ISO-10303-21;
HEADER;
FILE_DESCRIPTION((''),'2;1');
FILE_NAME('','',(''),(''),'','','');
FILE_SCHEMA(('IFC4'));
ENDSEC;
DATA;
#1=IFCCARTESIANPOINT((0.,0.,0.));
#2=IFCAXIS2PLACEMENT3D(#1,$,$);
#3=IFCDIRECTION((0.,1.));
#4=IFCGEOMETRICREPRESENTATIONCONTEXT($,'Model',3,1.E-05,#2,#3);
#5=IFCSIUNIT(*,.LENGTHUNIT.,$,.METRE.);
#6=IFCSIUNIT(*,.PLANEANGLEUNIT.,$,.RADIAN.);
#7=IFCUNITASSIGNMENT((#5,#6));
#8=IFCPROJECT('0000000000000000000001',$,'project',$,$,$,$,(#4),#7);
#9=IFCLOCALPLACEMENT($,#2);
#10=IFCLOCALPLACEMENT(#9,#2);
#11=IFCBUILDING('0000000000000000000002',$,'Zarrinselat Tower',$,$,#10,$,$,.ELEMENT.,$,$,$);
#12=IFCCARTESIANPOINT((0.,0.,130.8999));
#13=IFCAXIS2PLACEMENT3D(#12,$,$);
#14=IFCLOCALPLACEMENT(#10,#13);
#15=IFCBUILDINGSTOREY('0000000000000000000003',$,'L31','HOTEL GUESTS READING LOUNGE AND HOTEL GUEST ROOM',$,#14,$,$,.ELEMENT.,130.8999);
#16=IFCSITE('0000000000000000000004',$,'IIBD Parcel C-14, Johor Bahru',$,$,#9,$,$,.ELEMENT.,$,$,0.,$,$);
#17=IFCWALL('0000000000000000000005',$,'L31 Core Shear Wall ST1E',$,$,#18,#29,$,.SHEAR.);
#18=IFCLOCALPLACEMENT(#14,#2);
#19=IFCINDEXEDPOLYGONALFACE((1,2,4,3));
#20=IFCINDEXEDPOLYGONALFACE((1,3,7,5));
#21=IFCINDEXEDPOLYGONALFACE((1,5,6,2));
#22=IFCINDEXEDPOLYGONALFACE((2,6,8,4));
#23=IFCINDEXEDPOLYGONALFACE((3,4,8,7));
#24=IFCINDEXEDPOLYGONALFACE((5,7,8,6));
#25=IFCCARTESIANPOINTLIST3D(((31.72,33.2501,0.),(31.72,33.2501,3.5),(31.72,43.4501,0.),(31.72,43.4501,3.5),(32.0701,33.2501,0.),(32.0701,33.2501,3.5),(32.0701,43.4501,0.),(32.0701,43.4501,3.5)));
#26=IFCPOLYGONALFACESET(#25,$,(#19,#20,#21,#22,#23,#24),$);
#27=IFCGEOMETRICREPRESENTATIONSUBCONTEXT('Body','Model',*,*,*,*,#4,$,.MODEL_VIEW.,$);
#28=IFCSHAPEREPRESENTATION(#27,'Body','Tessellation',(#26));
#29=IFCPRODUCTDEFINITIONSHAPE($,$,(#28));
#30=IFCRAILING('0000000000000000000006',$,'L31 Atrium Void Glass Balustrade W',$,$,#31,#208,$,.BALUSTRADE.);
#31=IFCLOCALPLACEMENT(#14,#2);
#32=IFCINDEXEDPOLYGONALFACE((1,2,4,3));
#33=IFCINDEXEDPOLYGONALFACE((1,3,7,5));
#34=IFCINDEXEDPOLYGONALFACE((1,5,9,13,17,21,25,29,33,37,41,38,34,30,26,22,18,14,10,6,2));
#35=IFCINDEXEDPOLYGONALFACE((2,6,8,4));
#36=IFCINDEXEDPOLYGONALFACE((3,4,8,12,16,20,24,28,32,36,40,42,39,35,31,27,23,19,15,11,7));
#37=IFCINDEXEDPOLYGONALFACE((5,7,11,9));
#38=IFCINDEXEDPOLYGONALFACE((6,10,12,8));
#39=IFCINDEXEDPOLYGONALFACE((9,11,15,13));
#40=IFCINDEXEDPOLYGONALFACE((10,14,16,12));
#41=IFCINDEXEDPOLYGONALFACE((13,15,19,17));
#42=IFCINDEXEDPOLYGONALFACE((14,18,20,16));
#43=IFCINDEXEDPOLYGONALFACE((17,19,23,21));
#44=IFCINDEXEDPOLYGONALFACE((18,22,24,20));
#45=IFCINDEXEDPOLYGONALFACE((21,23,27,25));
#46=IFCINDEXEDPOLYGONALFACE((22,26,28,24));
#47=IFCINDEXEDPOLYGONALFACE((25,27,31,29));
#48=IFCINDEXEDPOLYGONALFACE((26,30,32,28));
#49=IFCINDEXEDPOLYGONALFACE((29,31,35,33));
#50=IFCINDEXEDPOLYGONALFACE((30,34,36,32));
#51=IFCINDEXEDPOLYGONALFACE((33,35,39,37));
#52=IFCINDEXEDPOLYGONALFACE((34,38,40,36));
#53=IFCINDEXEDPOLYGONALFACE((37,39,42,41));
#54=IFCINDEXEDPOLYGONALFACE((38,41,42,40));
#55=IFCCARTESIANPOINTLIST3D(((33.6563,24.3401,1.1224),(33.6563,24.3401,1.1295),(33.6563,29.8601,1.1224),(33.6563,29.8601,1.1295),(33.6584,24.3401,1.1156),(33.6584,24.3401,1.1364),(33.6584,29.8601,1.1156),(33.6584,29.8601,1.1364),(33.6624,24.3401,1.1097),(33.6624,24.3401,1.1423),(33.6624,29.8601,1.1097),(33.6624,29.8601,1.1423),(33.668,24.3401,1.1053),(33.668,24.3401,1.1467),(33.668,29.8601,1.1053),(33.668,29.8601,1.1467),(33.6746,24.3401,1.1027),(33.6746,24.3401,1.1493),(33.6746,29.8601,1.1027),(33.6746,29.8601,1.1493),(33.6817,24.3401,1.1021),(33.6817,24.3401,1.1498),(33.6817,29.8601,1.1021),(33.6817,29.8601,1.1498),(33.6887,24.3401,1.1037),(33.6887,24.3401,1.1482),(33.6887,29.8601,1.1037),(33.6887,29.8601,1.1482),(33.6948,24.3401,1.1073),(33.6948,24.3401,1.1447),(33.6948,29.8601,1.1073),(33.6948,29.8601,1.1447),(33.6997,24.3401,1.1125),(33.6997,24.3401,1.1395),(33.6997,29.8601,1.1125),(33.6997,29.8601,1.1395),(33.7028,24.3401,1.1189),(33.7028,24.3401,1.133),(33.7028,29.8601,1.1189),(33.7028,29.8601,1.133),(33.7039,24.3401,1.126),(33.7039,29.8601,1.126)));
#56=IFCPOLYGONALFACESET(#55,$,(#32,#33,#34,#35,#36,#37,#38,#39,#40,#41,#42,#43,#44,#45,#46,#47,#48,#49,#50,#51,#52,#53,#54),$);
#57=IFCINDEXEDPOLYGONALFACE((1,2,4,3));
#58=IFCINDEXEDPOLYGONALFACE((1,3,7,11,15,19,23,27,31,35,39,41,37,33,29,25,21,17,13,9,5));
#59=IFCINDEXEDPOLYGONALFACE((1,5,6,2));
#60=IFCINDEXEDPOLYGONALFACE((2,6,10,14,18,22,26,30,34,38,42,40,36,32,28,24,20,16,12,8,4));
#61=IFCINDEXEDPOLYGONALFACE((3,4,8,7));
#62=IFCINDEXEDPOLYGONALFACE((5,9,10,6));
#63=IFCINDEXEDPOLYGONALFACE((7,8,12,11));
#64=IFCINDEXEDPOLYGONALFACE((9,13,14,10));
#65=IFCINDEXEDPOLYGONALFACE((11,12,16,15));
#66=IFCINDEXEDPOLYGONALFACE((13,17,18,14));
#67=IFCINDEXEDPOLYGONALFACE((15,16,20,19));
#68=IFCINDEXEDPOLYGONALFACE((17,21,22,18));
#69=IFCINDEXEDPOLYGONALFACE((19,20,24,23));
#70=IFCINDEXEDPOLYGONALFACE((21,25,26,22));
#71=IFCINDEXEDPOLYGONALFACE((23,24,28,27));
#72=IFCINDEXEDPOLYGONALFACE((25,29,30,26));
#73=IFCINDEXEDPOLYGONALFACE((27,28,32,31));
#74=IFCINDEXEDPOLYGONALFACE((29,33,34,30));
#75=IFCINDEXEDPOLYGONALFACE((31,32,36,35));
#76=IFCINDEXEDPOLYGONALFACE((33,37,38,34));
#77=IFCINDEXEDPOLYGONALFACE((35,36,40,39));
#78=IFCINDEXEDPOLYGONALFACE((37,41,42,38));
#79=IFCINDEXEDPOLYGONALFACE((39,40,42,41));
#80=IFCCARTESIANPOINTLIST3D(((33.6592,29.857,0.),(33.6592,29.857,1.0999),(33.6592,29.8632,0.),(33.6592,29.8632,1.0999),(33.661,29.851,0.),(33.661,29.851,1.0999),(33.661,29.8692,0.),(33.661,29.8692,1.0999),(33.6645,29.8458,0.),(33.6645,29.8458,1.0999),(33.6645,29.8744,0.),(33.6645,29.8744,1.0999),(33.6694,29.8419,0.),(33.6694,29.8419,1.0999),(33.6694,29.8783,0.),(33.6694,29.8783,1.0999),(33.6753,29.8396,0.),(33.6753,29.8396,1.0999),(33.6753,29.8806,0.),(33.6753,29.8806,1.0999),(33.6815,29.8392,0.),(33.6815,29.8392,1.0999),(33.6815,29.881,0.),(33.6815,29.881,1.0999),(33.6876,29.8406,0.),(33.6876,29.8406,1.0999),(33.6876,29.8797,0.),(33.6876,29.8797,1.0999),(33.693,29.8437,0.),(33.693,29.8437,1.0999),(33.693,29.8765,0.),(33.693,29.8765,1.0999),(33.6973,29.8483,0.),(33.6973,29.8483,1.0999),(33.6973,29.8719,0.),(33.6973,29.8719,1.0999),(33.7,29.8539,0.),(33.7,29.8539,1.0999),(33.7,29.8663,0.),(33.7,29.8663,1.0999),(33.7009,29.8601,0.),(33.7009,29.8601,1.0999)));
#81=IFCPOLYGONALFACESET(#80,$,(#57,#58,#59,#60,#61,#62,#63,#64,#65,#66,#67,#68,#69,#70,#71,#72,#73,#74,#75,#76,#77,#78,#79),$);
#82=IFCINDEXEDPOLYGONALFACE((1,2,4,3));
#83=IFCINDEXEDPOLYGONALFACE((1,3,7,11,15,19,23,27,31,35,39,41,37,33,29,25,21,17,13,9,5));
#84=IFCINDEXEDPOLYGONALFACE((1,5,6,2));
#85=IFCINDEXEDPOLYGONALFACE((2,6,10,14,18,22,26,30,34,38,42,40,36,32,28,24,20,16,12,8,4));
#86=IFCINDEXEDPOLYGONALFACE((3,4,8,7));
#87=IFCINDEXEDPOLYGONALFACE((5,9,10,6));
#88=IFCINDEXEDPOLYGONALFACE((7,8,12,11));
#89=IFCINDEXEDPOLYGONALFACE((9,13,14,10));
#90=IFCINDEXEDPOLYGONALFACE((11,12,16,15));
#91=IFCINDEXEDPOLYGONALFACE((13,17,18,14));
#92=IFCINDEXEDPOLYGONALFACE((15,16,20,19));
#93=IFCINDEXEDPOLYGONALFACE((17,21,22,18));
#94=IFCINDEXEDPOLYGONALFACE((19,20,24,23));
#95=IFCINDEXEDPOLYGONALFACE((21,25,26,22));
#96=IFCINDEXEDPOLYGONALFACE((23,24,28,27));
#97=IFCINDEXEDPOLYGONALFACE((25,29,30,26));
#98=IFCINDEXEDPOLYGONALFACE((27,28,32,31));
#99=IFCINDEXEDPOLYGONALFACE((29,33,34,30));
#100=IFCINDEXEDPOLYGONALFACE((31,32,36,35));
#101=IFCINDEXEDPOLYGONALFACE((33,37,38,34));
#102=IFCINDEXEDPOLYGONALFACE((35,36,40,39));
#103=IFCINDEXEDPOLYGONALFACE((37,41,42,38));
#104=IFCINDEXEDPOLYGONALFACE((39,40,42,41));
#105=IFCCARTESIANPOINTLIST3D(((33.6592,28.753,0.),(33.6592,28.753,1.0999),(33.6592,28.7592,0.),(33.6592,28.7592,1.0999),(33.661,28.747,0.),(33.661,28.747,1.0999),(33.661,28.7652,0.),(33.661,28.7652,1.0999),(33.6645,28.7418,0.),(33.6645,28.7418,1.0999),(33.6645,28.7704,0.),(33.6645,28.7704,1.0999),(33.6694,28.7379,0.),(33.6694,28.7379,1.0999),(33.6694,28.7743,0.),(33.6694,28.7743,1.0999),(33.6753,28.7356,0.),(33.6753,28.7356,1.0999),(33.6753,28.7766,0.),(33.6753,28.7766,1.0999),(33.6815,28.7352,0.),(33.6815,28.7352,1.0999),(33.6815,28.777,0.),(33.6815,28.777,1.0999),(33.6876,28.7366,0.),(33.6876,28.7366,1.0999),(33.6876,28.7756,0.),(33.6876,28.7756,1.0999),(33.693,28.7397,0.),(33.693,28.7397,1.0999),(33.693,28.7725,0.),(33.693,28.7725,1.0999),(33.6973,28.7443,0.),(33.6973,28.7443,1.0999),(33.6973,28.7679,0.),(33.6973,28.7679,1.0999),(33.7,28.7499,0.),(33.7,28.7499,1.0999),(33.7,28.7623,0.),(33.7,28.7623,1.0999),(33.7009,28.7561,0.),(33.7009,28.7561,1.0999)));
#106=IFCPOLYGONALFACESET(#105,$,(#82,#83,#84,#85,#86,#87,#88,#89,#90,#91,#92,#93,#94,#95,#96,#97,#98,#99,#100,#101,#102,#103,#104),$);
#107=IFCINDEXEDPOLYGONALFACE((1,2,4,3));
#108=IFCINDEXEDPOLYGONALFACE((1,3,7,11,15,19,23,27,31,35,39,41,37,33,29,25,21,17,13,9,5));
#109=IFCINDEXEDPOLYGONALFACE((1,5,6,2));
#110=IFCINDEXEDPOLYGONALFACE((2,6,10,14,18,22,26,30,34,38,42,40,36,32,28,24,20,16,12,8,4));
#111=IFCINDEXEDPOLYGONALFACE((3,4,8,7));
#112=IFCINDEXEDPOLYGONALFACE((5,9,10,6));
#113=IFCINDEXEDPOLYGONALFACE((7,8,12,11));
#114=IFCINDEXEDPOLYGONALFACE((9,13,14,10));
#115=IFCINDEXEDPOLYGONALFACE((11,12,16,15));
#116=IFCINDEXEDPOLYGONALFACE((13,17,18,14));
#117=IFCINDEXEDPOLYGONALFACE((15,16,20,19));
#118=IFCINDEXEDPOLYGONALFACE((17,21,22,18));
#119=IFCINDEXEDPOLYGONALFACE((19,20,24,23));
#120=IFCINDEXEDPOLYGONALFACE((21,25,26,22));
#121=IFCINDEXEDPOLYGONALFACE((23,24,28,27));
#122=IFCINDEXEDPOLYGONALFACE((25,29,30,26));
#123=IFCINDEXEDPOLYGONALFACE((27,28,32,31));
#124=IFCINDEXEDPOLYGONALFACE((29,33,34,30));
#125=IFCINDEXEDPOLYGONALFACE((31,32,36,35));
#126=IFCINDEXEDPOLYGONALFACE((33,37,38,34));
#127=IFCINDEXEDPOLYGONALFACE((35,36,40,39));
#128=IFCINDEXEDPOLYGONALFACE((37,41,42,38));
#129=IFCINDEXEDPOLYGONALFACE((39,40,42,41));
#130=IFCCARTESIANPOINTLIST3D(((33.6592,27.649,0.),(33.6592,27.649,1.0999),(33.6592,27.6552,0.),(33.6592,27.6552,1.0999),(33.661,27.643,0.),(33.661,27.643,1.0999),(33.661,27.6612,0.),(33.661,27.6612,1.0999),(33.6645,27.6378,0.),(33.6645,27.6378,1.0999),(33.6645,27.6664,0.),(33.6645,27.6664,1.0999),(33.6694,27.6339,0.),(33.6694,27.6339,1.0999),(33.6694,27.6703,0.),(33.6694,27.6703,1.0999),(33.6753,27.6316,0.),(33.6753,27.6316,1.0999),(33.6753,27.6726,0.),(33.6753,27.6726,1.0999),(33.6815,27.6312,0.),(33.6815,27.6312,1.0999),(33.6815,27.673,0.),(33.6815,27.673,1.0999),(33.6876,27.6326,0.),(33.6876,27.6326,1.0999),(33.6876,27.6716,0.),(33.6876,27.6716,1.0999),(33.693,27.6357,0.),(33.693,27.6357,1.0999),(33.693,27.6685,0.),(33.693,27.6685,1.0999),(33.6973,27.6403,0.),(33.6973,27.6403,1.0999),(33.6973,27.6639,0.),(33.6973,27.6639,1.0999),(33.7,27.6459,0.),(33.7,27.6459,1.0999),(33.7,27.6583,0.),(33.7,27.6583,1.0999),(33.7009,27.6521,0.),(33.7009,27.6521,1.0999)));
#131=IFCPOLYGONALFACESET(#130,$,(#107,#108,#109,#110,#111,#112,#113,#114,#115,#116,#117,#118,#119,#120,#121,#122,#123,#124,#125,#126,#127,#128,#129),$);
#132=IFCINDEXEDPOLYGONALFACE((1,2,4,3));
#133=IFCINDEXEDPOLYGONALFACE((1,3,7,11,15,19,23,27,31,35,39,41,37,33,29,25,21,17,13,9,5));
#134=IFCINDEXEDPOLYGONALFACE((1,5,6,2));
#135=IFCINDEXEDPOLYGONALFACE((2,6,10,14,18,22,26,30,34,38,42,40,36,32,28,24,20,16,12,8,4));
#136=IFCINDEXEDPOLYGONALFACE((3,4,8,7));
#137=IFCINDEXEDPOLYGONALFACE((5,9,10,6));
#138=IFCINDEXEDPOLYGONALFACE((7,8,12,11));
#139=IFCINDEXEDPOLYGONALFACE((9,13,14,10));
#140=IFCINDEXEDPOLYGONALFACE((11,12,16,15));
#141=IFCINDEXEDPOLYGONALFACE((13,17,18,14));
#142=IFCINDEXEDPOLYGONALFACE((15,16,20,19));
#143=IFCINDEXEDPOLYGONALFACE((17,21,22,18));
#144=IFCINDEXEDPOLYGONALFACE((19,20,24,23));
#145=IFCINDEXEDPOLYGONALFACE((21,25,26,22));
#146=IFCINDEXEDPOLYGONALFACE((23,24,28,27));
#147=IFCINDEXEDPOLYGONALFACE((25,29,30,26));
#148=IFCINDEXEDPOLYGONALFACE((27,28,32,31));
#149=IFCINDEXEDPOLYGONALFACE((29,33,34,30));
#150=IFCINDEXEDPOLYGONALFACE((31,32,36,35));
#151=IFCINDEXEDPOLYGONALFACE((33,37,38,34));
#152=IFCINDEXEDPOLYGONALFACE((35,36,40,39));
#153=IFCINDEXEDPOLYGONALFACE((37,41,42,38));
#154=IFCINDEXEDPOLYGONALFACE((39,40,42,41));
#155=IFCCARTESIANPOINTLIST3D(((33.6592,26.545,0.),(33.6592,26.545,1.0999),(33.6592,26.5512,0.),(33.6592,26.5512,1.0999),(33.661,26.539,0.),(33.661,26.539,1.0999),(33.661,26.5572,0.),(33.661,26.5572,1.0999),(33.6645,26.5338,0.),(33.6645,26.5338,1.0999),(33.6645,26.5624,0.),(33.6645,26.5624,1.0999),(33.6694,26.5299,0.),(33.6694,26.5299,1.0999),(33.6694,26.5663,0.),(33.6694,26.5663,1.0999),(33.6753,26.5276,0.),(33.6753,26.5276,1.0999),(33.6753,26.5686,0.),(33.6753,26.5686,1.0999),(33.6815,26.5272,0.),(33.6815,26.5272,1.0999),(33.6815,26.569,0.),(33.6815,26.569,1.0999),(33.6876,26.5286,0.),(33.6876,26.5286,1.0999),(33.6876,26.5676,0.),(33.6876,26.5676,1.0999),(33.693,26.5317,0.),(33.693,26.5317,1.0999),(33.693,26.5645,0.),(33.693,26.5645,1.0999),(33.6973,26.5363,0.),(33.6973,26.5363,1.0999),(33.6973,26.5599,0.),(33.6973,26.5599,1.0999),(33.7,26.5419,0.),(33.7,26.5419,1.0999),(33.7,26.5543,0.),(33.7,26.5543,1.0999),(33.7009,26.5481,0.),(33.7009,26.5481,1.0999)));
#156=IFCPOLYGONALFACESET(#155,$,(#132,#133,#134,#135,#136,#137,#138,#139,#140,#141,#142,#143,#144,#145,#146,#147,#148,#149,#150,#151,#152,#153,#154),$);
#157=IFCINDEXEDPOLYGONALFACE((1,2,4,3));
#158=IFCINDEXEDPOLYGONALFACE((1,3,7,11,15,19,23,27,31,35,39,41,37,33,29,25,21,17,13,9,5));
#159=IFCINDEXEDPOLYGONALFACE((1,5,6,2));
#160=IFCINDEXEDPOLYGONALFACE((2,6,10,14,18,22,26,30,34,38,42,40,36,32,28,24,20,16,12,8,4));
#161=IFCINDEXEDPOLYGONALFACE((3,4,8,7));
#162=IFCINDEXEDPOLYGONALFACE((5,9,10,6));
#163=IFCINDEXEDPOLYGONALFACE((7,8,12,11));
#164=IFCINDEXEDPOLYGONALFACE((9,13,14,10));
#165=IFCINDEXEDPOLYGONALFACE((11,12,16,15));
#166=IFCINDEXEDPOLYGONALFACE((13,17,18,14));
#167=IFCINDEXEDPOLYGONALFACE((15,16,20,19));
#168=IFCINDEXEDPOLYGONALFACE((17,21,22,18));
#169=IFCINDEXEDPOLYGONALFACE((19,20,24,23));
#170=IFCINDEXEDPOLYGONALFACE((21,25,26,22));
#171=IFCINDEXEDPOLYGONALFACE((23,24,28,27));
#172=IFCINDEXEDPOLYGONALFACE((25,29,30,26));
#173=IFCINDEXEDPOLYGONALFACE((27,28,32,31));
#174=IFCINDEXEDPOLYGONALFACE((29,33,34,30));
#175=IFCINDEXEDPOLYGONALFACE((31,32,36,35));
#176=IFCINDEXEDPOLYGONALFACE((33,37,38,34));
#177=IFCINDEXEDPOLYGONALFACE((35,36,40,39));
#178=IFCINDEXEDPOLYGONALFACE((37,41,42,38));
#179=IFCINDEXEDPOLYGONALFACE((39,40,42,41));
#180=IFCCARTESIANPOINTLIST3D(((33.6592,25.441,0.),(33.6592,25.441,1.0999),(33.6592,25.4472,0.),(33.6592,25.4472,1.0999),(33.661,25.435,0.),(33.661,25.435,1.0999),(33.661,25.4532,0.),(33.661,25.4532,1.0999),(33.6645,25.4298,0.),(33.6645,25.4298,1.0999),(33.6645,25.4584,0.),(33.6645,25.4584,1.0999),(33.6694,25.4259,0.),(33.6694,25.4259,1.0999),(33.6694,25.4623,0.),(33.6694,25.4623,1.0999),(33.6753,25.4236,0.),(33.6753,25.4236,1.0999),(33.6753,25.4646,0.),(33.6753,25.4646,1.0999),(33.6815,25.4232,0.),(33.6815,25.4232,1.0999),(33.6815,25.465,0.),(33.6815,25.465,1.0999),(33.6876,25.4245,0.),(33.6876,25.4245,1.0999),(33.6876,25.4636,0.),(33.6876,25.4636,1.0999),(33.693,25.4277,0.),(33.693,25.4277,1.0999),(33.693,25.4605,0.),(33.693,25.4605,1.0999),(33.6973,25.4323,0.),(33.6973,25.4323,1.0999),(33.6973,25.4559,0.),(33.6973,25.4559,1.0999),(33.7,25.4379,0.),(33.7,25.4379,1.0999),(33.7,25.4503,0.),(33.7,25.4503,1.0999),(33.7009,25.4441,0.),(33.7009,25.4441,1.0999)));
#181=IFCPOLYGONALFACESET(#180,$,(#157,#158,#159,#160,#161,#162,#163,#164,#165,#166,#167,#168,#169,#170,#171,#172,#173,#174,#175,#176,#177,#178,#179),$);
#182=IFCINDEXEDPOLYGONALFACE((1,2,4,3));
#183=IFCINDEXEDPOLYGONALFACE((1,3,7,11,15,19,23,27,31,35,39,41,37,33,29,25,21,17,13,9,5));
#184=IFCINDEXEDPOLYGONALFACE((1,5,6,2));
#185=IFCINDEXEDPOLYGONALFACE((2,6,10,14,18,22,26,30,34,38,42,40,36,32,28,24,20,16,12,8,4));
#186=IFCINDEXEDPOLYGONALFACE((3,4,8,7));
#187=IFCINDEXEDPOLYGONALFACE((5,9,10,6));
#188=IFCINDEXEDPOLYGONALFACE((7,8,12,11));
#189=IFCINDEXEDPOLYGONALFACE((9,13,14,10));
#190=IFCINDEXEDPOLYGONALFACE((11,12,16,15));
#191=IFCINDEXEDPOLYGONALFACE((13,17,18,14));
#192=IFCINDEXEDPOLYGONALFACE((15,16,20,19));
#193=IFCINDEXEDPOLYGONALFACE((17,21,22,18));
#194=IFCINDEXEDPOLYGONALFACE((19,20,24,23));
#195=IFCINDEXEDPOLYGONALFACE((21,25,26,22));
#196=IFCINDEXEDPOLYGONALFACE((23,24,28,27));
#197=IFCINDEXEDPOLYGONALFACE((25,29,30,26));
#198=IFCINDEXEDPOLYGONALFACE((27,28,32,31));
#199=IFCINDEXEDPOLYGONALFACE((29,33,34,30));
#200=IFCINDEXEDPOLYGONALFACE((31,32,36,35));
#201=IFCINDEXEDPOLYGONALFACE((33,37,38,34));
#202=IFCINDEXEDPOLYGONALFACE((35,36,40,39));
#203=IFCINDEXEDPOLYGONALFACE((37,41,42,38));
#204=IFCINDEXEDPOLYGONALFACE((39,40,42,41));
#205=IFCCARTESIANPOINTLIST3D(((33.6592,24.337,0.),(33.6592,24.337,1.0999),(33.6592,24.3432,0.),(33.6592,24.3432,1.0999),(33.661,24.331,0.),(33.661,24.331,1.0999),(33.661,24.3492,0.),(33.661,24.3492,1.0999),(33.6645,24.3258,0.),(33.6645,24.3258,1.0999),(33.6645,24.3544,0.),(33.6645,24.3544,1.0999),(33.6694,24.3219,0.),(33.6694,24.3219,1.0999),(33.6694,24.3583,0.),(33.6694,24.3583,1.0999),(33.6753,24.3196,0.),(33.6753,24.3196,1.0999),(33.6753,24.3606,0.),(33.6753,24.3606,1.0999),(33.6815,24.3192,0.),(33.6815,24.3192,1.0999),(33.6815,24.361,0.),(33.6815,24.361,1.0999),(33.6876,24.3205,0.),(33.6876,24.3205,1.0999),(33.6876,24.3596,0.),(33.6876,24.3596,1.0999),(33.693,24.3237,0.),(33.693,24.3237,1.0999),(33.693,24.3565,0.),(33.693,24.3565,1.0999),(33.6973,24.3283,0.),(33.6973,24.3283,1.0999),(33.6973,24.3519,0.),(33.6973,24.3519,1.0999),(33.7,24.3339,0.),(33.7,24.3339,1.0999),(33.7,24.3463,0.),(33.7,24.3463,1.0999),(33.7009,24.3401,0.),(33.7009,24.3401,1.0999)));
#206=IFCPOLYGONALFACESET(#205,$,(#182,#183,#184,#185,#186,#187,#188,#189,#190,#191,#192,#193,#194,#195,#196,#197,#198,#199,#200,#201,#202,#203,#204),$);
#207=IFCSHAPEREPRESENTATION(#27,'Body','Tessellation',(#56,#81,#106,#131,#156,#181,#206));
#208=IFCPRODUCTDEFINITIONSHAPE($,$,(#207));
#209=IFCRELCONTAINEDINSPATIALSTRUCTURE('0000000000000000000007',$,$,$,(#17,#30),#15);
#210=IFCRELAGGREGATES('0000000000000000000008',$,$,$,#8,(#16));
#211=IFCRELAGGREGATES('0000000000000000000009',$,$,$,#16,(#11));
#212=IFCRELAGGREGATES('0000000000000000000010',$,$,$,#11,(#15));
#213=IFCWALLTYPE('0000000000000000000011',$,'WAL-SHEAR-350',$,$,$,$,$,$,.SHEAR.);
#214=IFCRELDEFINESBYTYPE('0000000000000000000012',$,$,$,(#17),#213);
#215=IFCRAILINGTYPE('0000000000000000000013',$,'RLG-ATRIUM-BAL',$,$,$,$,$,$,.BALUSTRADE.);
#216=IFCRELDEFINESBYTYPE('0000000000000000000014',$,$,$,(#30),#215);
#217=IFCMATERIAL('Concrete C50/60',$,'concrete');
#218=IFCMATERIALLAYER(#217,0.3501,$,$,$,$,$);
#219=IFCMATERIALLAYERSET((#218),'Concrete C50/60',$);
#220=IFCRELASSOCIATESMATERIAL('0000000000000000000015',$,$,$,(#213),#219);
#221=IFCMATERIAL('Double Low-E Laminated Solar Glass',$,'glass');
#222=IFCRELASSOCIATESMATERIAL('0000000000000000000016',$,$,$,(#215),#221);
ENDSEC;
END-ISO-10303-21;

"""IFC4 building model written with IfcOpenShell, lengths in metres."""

from ifc_helpers import new_model, si_unit, direction, frame, frame_2d, origin, origin_2d, place, context, subcontext, project, spatial, rectangle, circle, extrude, material, layer, layer_set, type_object, element, save


model = new_model("IFC4")

# Units and contexts
model_context = context("Model", 3, precision=1e-05, world=origin(), true_north=direction((0.0, 1.0)))
body_context = subcontext(model_context, "Body", "Model", "MODEL_VIEW")
ifc_project = project(units=[si_unit("LENGTHUNIT", "METRE"), si_unit("PLANEANGLEUNIT", "RADIAN")], contexts=[model_context])

# Site, building, storey
site_placement = place(None, origin())
site = spatial("IfcSite", under=ifc_project, at=site_placement, Name="IIBD Parcel C-14, Johor Bahru", CompositionType="ELEMENT", RefElevation=0.0)
building_placement = place(site_placement, origin())
building = spatial("IfcBuilding", under=site, at=building_placement, Name="Zarrinselat Tower", CompositionType="ELEMENT")
storey_placement = place(building_placement, frame((0.0, 0.0, 130.8999)))
storey = spatial("IfcBuildingStorey", under=building, at=storey_placement, Name="L31", Description="HOTEL GUESTS READING LOUNGE AND HOTEL GUEST ROOM", CompositionType="ELEMENT", Elevation=130.8999)

# Wall
ifc_material_1 = material(Name="Concrete C50/60", Category="concrete")
ifc_layer_1 = layer(ifc_material_1, 0.3501)
ifc_layer_set_1 = layer_set([ifc_layer_1], Name="Concrete C50/60")
wall_type_1 = type_object("IfcWallType", Name="WAL-SHEAR-350", PredefinedType="SHEAR", material=ifc_layer_set_1)
wall_1_placement = place(storey_placement, frame((31.895, 33.25, 0.0), z_axis=(0.0, 0.0, 1.0), x_axis=(0.0, 1.0, 0.0)))
element("IfcWall", 1, at=wall_1_placement, inside=storey, type_object=wall_type_1, Name="L31 Core Shear Wall ST1E", PredefinedType="SHEAR", context=body_context, shape_type="SweptSolid", body=[
    extrude(rectangle(XDim=10.2, YDim=0.3501, at=frame_2d((5.1001, 0.0))), origin(), (0.0, 0.0, 1.0), 3.5),
])

# Railing
ifc_material_2 = material(Name="Double Low-E Laminated Solar Glass", Category="glass")
railing_type = type_object("IfcRailingType", Name="RLG-ATRIUM-BAL", PredefinedType="BALUSTRADE", material=ifc_material_2)
railing_placement = place(storey_placement, frame((33.6799, 29.8601, 0.0)))
element("IfcRailing", 2, at=railing_placement, inside=storey, type_object=railing_type, Name="L31 Atrium Void Glass Balustrade W", PredefinedType="BALUSTRADE", context=body_context, shape_type="SweptSolid", body=[
    extrude(circle(Radius=0.0239, at=origin_2d()), frame((0.0, 0.0, 1.126), z_axis=(0.0, -1.0, 0.0), x_axis=(1.0, 0.0, 0.0)), (0.0, 0.0, 1.0), 5.52),
    extrude(circle(Radius=0.021, at=origin_2d()), origin(), (0.0, 0.0, 1.0), 1.0999),
    extrude(circle(Radius=0.021, at=origin_2d()), frame((0.0, -1.104, 0.0)), (0.0, 0.0, 1.0), 1.0999),
    extrude(circle(Radius=0.021, at=origin_2d()), frame((0.0, -2.208, 0.0)), (0.0, 0.0, 1.0), 1.0999),
    extrude(circle(Radius=0.021, at=origin_2d()), frame((0.0, -3.312, 0.0)), (0.0, 0.0, 1.0), 1.0999),
    extrude(circle(Radius=0.021, at=origin_2d()), frame((0.0, -4.416, 0.0)), (0.0, 0.0, 1.0), 1.0999),
    extrude(circle(Radius=0.021, at=origin_2d()), frame((0.0, -5.52, 0.0)), (0.0, 0.0, 1.0), 1.0999),
])

save(model, "model.ifc")
